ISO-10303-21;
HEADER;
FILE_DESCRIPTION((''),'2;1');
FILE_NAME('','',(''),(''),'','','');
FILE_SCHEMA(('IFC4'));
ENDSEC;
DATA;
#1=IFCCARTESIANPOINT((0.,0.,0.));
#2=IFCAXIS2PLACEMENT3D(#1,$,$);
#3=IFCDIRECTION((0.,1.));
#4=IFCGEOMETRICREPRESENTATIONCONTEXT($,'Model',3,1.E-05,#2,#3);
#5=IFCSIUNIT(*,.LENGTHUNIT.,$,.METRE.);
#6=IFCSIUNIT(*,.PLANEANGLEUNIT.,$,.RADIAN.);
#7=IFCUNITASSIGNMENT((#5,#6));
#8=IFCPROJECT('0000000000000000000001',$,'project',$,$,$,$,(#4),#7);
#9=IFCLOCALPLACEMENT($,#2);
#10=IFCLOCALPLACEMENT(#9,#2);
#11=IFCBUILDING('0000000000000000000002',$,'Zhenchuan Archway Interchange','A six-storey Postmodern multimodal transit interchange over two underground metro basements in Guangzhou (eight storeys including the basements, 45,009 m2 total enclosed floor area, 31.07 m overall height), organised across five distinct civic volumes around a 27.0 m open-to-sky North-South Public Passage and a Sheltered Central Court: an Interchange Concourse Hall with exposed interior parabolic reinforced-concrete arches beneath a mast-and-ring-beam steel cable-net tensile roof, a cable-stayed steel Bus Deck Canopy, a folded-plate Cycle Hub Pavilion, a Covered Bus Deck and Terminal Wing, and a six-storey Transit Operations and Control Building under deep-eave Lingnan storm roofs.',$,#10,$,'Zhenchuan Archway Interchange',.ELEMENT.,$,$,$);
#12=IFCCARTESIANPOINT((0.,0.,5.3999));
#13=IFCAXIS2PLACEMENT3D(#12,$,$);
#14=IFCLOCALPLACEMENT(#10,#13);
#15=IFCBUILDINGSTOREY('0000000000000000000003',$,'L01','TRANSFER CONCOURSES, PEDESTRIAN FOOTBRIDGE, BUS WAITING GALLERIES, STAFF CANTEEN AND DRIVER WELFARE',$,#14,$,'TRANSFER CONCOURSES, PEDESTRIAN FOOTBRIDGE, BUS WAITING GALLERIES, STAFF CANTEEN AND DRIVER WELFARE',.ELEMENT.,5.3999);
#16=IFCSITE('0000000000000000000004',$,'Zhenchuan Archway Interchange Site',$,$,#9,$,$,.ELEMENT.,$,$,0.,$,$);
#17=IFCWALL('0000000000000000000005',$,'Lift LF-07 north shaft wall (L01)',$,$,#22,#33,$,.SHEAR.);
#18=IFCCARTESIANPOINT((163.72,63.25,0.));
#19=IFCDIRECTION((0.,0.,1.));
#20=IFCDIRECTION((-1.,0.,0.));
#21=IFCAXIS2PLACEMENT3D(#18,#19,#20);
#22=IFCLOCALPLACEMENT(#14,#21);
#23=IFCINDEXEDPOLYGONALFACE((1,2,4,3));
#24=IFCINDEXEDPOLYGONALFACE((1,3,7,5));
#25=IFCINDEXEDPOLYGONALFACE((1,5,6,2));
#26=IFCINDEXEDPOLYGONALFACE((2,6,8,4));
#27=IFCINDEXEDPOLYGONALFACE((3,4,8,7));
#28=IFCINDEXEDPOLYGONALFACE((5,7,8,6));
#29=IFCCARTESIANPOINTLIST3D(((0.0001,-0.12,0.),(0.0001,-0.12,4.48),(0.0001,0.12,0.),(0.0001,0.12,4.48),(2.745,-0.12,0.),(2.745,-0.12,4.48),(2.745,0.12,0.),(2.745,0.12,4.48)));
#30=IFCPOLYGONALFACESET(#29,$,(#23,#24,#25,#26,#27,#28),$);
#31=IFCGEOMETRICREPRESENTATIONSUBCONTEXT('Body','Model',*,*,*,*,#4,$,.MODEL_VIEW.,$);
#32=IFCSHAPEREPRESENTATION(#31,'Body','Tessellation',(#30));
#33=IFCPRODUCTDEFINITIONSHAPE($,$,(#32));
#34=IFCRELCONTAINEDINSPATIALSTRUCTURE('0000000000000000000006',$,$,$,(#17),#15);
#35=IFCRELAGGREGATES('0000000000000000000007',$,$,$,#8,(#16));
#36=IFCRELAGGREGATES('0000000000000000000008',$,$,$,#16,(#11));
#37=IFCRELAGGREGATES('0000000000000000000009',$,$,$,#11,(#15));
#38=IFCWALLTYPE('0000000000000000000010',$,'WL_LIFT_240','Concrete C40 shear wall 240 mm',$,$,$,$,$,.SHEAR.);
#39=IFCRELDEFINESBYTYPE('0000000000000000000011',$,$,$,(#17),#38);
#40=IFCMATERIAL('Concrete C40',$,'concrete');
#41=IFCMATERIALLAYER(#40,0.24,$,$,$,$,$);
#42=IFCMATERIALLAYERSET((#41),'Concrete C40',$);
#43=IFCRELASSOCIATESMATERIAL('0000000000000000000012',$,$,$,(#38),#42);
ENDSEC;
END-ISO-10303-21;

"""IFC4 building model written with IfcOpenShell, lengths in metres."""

from ifc_helpers import new_model, si_unit, direction, frame, frame_2d, origin, place, context, subcontext, project, spatial, rectangle, extrude, material, layer, layer_set, type_object, element, save


model = new_model("IFC4")

# Units and contexts
model_context = context("Model", 3, precision=1e-05, world=origin(), true_north=direction((0.0, 1.0)))
body_context = subcontext(model_context, "Body", "Model", "MODEL_VIEW")
ifc_project = project(units=[si_unit("LENGTHUNIT", "METRE"), si_unit("PLANEANGLEUNIT", "RADIAN")], contexts=[model_context])

# Site, building, storey
site_placement = place(None, origin())
site = spatial("IfcSite", under=ifc_project, at=site_placement, Name="Zhenchuan Archway Interchange Site", CompositionType="ELEMENT", RefElevation=0.0)
building_placement = place(site_placement, origin())
building = spatial("IfcBuilding", under=site, at=building_placement, Name="Zhenchuan Archway Interchange", Description="A six-storey Postmodern multimodal transit interchange over two underground metro basements in Guangzhou (eight storeys including the basements, 45,009 m2 total enclosed floor area, 31.07 m overall height), organised across five distinct civic volumes around a 27.0 m open-to-sky North-South Public Passage and a Sheltered Central Court: an Interchange Concourse Hall with exposed interior parabolic reinforced-concrete arches beneath a mast-and-ring-beam steel cable-net tensile roof, a cable-stayed steel Bus Deck Canopy, a folded-plate Cycle Hub Pavilion, a Covered Bus Deck and Terminal Wing, and a six-storey Transit Operations and Control Building under deep-eave Lingnan storm roofs.", LongName="Zhenchuan Archway Interchange", CompositionType="ELEMENT")
storey_placement = place(building_placement, frame((0.0, 0.0, 5.3999)))
storey = spatial("IfcBuildingStorey", under=building, at=storey_placement, Name="L01", Description="TRANSFER CONCOURSES, PEDESTRIAN FOOTBRIDGE, BUS WAITING GALLERIES, STAFF CANTEEN AND DRIVER WELFARE", LongName="TRANSFER CONCOURSES, PEDESTRIAN FOOTBRIDGE, BUS WAITING GALLERIES, STAFF CANTEEN AND DRIVER WELFARE", CompositionType="ELEMENT", Elevation=5.3999)

# Shared definitions
ifc_material_1 = material(Name="Concrete C40", Category="concrete")

# Shared definitions
ifc_layer_1 = layer(ifc_material_1, 0.24)
ifc_layer_set_1 = layer_set([ifc_layer_1], Name="Concrete C40")
wall_type_1 = type_object("IfcWallType", Name="WL_LIFT_240", Description="Concrete C40 shear wall 240 mm", PredefinedType="SHEAR", material=ifc_layer_set_1)

# Wall
wall_1_placement = place(storey_placement, frame((163.72, 63.25, 0.0), z_axis=(0.0, 0.0, 1.0), x_axis=(-1.0, 0.0, 0.0)))
element("IfcWall", 1, at=wall_1_placement, inside=storey, type_object=wall_type_1, Name="Lift LF-07 north shaft wall (L01)", PredefinedType="SHEAR", context=body_context, shape_type="SweptSolid", body=[
    extrude(rectangle(XDim=2.7449, YDim=0.24, at=frame_2d((1.3726, 0.0))), origin(), (0.0, 0.0, 1.0), 4.48),
])

save(model, "model.ifc")
